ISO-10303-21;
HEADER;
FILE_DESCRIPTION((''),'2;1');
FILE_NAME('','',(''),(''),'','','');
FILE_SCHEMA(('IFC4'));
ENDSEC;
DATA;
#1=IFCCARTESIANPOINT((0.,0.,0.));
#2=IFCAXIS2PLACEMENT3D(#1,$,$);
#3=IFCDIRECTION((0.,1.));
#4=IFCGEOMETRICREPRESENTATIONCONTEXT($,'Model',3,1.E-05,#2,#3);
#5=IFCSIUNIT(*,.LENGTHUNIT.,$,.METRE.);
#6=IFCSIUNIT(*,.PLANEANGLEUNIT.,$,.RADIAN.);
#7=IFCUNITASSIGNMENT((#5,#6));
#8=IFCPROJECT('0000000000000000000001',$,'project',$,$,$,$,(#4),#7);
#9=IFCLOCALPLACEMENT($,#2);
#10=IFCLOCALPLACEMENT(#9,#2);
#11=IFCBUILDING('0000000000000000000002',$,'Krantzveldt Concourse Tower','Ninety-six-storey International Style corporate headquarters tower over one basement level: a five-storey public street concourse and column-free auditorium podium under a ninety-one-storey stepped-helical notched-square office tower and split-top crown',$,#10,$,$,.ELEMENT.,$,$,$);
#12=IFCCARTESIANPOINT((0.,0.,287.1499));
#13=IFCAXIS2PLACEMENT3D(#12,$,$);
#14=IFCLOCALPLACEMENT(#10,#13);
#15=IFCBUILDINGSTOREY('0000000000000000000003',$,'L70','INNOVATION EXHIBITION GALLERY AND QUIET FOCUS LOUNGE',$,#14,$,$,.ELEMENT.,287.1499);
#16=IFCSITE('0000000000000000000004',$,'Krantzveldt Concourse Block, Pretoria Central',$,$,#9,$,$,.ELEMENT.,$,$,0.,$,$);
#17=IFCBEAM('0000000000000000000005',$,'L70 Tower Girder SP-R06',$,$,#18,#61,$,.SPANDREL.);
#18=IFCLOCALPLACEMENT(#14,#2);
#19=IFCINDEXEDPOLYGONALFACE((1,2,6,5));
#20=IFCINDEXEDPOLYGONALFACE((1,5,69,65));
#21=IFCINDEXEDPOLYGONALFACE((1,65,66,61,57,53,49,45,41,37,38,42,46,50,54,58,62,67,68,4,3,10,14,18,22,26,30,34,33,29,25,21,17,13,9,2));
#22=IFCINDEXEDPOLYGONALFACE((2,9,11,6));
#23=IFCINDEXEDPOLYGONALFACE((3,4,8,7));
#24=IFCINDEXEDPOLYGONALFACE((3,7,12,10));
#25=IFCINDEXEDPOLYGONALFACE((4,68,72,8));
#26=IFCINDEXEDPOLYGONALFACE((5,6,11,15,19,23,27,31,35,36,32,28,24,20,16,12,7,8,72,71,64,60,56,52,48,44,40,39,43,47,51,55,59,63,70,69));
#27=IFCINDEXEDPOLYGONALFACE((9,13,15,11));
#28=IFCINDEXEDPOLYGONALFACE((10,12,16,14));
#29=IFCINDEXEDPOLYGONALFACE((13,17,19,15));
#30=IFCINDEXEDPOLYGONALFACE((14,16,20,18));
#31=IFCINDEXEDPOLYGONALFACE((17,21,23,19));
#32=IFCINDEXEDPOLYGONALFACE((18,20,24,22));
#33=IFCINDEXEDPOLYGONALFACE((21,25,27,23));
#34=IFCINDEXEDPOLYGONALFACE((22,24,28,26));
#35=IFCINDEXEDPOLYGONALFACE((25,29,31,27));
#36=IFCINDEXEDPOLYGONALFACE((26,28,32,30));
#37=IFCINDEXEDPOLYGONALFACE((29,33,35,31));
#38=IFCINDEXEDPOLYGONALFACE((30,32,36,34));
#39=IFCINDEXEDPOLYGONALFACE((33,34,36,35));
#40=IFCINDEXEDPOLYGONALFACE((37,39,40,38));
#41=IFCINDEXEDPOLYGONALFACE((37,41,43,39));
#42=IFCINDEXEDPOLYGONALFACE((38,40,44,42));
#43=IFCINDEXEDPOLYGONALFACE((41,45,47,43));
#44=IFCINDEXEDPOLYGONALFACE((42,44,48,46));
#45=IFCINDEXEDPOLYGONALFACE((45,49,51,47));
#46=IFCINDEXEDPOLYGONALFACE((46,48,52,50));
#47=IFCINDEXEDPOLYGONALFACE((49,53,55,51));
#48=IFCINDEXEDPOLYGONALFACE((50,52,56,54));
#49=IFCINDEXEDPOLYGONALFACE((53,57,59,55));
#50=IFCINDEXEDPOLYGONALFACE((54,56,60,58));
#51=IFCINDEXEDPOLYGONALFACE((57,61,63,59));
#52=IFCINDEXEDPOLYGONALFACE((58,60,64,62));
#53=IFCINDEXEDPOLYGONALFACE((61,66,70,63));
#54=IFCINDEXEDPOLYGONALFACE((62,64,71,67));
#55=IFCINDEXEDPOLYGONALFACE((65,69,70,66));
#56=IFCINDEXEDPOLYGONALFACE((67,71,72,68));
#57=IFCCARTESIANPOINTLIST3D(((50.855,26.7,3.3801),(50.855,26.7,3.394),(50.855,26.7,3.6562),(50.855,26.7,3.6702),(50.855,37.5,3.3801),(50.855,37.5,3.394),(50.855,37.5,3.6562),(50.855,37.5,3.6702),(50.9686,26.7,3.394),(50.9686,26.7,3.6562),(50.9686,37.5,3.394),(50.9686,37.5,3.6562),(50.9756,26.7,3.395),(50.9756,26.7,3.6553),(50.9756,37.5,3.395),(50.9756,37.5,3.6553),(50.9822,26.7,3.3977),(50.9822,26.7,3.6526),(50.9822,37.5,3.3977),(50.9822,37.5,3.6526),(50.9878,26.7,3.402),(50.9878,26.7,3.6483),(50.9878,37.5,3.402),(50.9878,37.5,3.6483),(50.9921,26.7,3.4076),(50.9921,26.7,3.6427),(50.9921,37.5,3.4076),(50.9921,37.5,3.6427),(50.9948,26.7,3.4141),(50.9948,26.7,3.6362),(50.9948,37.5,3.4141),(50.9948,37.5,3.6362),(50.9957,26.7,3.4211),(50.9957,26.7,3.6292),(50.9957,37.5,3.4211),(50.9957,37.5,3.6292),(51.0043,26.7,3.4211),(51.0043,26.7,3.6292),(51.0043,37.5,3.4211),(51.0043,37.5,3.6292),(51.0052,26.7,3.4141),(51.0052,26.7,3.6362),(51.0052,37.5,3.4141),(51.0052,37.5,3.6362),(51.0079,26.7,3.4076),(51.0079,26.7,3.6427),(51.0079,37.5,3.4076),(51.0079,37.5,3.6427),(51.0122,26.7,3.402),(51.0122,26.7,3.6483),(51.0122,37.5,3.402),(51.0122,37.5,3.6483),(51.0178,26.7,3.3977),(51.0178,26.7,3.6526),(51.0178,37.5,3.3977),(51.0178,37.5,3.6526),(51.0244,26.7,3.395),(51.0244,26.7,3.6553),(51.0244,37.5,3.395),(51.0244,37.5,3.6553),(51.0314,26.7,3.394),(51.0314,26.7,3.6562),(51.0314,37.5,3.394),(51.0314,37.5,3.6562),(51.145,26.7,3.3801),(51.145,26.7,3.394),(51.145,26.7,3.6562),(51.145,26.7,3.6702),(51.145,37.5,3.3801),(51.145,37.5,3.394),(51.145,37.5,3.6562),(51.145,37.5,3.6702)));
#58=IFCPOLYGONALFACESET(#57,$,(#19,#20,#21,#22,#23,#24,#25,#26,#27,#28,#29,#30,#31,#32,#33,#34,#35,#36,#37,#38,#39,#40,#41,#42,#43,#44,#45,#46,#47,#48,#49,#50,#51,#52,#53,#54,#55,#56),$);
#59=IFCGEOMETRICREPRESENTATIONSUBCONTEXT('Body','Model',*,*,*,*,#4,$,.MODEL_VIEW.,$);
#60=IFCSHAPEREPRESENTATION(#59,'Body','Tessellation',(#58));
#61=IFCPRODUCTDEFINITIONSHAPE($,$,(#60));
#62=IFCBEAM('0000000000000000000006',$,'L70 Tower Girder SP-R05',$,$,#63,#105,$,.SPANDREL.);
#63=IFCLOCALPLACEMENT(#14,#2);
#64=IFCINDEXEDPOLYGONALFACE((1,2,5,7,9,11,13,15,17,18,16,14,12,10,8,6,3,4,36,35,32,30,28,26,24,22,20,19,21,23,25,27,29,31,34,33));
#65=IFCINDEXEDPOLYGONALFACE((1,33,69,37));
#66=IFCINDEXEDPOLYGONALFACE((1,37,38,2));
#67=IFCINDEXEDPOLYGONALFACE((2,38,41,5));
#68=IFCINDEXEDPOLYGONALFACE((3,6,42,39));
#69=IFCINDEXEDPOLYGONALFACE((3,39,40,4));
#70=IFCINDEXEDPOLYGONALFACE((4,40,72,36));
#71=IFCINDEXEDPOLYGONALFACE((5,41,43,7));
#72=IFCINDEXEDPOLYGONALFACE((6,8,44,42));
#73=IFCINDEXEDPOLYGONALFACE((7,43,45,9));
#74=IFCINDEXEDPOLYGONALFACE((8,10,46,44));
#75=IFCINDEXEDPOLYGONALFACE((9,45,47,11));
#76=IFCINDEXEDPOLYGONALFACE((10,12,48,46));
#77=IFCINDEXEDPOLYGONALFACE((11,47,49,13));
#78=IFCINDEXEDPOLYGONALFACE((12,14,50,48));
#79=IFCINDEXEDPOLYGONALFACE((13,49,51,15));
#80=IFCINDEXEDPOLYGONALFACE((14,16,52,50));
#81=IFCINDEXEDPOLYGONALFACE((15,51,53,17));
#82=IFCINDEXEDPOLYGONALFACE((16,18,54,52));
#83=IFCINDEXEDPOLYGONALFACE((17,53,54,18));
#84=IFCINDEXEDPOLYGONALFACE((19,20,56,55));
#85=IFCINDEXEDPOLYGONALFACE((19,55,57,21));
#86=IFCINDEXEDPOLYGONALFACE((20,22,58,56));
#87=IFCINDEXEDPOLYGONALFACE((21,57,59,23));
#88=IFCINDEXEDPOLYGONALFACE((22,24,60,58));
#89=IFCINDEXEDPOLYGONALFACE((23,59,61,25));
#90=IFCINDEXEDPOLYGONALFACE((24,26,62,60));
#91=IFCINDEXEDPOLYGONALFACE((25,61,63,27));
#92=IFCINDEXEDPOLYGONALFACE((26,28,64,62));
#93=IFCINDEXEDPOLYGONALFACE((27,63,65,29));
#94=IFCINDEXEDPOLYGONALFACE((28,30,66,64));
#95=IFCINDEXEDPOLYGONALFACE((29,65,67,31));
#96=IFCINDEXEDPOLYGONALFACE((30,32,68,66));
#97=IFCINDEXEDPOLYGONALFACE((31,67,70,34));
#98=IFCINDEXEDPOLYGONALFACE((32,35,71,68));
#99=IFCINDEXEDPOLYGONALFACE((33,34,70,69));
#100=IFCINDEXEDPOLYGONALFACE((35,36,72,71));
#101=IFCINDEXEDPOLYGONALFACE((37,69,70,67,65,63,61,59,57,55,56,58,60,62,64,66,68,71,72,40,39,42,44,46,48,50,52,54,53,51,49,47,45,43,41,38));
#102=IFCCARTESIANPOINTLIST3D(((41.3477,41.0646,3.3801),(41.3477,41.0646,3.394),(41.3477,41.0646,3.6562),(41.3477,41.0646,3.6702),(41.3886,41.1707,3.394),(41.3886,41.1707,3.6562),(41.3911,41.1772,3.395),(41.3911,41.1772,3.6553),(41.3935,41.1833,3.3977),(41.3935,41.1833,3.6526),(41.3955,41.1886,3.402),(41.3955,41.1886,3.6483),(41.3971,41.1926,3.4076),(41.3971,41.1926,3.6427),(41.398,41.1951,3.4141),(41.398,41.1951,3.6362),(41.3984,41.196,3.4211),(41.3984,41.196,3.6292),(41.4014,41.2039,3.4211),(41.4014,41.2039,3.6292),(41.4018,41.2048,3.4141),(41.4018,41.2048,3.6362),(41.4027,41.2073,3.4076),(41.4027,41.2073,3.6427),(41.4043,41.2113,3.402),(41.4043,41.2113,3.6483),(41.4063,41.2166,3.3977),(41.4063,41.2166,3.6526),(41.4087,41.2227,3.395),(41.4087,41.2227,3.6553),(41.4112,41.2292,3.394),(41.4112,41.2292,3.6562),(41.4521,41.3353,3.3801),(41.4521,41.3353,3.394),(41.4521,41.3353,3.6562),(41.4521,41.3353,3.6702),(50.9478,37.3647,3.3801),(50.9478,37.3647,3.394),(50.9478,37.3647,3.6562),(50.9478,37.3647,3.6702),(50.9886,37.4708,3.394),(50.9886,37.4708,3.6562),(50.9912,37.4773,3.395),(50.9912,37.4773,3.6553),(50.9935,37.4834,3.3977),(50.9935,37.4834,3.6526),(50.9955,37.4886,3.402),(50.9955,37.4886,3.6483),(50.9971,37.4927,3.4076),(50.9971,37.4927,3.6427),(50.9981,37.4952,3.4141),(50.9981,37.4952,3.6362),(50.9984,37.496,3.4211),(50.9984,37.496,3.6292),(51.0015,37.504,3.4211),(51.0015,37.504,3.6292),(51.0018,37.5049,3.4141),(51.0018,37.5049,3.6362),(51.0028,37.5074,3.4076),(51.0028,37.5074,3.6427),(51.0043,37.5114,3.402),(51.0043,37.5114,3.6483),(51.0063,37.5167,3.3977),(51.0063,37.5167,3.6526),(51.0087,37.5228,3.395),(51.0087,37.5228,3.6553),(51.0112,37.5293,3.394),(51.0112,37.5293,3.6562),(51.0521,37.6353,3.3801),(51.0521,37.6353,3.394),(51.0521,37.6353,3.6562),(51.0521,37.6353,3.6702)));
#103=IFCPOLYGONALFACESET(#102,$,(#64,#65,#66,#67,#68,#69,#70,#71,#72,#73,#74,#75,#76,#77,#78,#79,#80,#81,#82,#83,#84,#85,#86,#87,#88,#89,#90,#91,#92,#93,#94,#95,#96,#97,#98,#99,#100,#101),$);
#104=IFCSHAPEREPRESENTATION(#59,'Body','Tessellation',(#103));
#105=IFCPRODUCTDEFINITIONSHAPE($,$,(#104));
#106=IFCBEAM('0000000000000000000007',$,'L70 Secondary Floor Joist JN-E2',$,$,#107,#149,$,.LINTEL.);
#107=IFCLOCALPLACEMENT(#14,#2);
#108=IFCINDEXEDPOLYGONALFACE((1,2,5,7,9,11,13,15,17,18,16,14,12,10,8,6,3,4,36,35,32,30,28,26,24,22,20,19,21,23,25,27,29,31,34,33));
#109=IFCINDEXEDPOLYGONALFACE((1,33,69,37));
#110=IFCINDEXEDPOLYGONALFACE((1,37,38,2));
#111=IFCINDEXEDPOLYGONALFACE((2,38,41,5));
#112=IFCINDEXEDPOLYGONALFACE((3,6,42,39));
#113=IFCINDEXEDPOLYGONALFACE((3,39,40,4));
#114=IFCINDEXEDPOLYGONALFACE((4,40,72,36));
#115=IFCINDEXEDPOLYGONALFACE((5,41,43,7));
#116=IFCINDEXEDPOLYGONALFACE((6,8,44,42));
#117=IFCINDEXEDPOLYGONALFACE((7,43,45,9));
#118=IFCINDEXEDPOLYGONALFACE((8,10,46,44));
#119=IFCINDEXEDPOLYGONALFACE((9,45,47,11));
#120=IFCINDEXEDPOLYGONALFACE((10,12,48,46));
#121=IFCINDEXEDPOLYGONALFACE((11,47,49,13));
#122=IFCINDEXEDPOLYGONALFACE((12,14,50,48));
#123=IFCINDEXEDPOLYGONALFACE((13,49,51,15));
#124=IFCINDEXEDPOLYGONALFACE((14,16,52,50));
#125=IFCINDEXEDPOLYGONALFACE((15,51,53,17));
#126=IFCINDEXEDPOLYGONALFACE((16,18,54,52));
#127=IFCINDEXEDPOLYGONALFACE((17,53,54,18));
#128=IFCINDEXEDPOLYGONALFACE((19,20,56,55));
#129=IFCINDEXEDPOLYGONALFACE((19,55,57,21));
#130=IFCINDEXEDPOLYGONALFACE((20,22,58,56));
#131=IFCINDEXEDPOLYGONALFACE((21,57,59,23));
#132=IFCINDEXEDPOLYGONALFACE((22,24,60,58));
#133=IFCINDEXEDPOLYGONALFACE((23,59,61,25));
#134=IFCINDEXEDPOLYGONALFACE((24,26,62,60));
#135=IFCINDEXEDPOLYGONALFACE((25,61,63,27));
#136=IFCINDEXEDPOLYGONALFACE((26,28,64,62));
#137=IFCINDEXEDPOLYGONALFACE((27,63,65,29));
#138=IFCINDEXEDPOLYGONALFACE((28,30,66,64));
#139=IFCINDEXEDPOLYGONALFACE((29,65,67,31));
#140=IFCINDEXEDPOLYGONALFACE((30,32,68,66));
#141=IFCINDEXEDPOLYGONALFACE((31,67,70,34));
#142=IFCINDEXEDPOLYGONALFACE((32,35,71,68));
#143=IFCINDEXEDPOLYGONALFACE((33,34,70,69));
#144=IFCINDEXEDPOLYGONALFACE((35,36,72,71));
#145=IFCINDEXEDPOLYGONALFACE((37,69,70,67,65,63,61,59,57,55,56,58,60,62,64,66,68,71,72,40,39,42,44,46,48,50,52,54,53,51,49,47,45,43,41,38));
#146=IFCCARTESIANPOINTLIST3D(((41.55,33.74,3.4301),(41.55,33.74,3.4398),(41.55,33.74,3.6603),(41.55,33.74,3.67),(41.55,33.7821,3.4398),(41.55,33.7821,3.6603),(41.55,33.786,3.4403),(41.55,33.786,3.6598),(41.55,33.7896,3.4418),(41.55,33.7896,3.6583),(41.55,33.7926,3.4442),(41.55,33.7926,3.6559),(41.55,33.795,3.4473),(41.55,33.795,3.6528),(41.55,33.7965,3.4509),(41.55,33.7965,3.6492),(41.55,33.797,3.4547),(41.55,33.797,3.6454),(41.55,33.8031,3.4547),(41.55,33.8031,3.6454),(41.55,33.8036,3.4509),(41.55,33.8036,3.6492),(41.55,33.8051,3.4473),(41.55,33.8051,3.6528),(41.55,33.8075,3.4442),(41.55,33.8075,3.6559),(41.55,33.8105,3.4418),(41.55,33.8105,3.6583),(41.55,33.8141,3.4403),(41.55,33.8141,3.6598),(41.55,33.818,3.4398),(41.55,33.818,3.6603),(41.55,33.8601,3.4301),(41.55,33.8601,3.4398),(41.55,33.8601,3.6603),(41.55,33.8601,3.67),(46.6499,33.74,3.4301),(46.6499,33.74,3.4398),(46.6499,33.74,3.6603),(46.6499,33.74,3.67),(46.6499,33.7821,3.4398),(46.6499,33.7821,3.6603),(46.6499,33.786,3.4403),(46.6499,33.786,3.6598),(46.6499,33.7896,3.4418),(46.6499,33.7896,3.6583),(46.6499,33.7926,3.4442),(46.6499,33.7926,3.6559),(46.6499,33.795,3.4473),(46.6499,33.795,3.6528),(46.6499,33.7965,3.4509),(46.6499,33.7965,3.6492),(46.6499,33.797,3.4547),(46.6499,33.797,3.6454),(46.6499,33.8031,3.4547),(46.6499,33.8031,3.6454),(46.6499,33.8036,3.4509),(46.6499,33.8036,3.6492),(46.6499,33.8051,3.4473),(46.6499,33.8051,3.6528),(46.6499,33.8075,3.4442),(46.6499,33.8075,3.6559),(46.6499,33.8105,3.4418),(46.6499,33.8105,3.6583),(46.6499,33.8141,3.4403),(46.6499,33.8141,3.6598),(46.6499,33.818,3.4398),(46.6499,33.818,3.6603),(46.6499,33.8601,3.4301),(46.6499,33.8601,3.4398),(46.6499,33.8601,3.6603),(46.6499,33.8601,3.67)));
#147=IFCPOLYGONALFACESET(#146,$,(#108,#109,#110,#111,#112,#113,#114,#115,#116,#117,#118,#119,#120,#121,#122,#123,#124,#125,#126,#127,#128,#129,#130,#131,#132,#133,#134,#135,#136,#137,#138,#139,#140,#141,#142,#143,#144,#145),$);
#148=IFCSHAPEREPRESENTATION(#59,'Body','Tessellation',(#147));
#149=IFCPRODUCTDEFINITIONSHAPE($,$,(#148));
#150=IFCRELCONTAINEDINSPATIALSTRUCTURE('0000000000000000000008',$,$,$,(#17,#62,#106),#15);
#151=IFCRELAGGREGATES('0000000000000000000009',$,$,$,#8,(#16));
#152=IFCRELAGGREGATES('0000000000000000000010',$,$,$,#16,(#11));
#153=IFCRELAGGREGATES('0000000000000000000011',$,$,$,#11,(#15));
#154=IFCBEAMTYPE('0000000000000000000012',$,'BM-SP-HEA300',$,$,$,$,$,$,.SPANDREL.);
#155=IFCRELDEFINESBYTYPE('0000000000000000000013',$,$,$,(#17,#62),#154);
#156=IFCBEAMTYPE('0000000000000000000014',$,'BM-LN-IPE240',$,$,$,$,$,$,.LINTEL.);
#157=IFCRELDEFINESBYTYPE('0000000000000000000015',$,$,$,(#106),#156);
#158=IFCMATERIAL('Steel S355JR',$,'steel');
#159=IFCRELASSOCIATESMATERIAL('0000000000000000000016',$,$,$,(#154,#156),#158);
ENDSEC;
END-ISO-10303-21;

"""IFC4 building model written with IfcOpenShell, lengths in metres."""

from ifc_helpers import new_model, si_unit, direction, frame, origin, origin_2d, place, context, subcontext, project, spatial, i_section, extrude, source, transform, mapped, material, material_profile, profile_set, type_object, type_shapes, element, save


model = new_model("IFC4")

# Units and contexts
model_context = context("Model", 3, precision=1e-05, world=origin(), true_north=direction((0.0, 1.0)))
body_context = subcontext(model_context, "Body", "Model", "MODEL_VIEW")
ifc_project = project(units=[si_unit("LENGTHUNIT", "METRE"), si_unit("PLANEANGLEUNIT", "RADIAN")], contexts=[model_context])

# Site, building, storey
site_placement = place(None, origin())
site = spatial("IfcSite", under=ifc_project, at=site_placement, Name="Krantzveldt Concourse Block, Pretoria Central", CompositionType="ELEMENT", RefElevation=0.0)
building_placement = place(site_placement, origin())
building = spatial("IfcBuilding", under=site, at=building_placement, Name="Krantzveldt Concourse Tower", Description="Ninety-six-storey International Style corporate headquarters tower over one basement level: a five-storey public street concourse and column-free auditorium podium under a ninety-one-storey stepped-helical notched-square office tower and split-top crown", CompositionType="ELEMENT")
storey_placement = place(building_placement, frame((0.0, 0.0, 287.1499)))
storey = spatial("IfcBuildingStorey", under=building, at=storey_placement, Name="L70", Description="INNOVATION EXHIBITION GALLERY AND QUIET FOCUS LOUNGE", CompositionType="ELEMENT", Elevation=287.1499)

# Beams
ifc_material_1 = material(Name="Steel S355JR", Category="steel")
ifc_material_profile_1 = material_profile(ifc_material_1, i_section(OverallWidth=0.29, OverallDepth=0.29, WebThickness=0.0085, FlangeThickness=0.0139, FilletRadius=0.0271, at=origin_2d()), Name="Steel S355JR", Category="steel")
ifc_profile_set_1 = profile_set([ifc_material_profile_1], Name="Steel S355JR - HEA 300")
beam_type_1 = type_object("IfcBeamType", Name="BM-SP-HEA300", PredefinedType="SPANDREL", material=ifc_profile_set_1)
shared_shape_1 = source(origin(), body_context, "Body", "SweptSolid", [
    extrude(i_section(OverallWidth=0.29, OverallDepth=0.29, WebThickness=0.0085, FlangeThickness=0.0139, FilletRadius=0.0271, at=origin_2d()), origin(), (0.0, 0.0, 1.0), 10.8),
])
beam_1_placement = place(storey_placement, frame((51.0, 37.5, 3.5251), z_axis=(0.0, -1.0, 0.0), x_axis=(1.0, 0.0, 0.0)))
element("IfcBeam", 1, at=beam_1_placement, inside=storey, type_object=beam_type_1, Name="L70 Tower Girder SP-R06", PredefinedType="SPANDREL", context=body_context, shape_type="MappedRepresentation", body=[
    mapped(shared_shape_1, transform((0.0, 0.0, 0.0), x_axis=(1.0, 0.0, 0.0), y_axis=(0.0, 1.0, 0.0), z_axis=(0.0, 0.0, 1.0), scale=1.0)),
])
shared_shape_2 = source(origin(), body_context, "Body", "SweptSolid", [
    extrude(i_section(OverallWidth=0.29, OverallDepth=0.29, WebThickness=0.0085, FlangeThickness=0.0139, FilletRadius=0.0271, at=origin_2d()), origin(), (0.0, 0.0, 1.0), 10.2883),
])
type_shapes(beam_type_1, [shared_shape_1, shared_shape_2])
beam_2_placement = place(storey_placement, frame((41.3999, 41.2, 3.5251), z_axis=(0.933098, -0.359623, 0.0), x_axis=(0.359623, 0.933098, 0.0)))
element("IfcBeam", 2, at=beam_2_placement, inside=storey, type_object=beam_type_1, Name="L70 Tower Girder SP-R05", PredefinedType="SPANDREL", context=body_context, shape_type="MappedRepresentation", body=[
    mapped(shared_shape_2, transform((0.0, 0.0, 0.0), x_axis=(1.0, 0.0, 0.0), y_axis=(0.0, 1.0, 0.0), z_axis=(0.0, 0.0, 1.0), scale=1.0)),
])
ifc_material_profile_2 = material_profile(ifc_material_1, i_section(OverallWidth=0.1201, OverallDepth=0.24, WebThickness=0.0061, FlangeThickness=0.0098, FilletRadius=0.0149, at=origin_2d()), Name="Steel S355JR", Category="steel")
ifc_profile_set_2 = profile_set([ifc_material_profile_2], Name="Steel S355JR - IPE 240")
beam_type_2 = type_object("IfcBeamType", Name="BM-LN-IPE240", PredefinedType="LINTEL", material=ifc_profile_set_2)
shared_shape_3 = source(origin(), body_context, "Body", "SweptSolid", [
    extrude(i_section(OverallWidth=0.1201, OverallDepth=0.24, WebThickness=0.0061, FlangeThickness=0.0098, FilletRadius=0.0149, at=origin_2d()), origin(), (0.0, 0.0, 1.0), 5.0999),
])
type_shapes(beam_type_2, [shared_shape_3])
beam_3_placement = place(storey_placement, frame((41.55, 33.8, 3.55), z_axis=(1.0, 0.0, 0.0), x_axis=(0.0, 1.0, 0.0)))
element("IfcBeam", 3, at=beam_3_placement, inside=storey, type_object=beam_type_2, Name="L70 Secondary Floor Joist JN-E2", PredefinedType="LINTEL", context=body_context, shape_type="MappedRepresentation", body=[
    mapped(shared_shape_3, transform((0.0, 0.0, 0.0), x_axis=(1.0, 0.0, 0.0), y_axis=(0.0, 1.0, 0.0), z_axis=(0.0, 0.0, 1.0), scale=1.0)),
])

save(model, "model.ifc")
